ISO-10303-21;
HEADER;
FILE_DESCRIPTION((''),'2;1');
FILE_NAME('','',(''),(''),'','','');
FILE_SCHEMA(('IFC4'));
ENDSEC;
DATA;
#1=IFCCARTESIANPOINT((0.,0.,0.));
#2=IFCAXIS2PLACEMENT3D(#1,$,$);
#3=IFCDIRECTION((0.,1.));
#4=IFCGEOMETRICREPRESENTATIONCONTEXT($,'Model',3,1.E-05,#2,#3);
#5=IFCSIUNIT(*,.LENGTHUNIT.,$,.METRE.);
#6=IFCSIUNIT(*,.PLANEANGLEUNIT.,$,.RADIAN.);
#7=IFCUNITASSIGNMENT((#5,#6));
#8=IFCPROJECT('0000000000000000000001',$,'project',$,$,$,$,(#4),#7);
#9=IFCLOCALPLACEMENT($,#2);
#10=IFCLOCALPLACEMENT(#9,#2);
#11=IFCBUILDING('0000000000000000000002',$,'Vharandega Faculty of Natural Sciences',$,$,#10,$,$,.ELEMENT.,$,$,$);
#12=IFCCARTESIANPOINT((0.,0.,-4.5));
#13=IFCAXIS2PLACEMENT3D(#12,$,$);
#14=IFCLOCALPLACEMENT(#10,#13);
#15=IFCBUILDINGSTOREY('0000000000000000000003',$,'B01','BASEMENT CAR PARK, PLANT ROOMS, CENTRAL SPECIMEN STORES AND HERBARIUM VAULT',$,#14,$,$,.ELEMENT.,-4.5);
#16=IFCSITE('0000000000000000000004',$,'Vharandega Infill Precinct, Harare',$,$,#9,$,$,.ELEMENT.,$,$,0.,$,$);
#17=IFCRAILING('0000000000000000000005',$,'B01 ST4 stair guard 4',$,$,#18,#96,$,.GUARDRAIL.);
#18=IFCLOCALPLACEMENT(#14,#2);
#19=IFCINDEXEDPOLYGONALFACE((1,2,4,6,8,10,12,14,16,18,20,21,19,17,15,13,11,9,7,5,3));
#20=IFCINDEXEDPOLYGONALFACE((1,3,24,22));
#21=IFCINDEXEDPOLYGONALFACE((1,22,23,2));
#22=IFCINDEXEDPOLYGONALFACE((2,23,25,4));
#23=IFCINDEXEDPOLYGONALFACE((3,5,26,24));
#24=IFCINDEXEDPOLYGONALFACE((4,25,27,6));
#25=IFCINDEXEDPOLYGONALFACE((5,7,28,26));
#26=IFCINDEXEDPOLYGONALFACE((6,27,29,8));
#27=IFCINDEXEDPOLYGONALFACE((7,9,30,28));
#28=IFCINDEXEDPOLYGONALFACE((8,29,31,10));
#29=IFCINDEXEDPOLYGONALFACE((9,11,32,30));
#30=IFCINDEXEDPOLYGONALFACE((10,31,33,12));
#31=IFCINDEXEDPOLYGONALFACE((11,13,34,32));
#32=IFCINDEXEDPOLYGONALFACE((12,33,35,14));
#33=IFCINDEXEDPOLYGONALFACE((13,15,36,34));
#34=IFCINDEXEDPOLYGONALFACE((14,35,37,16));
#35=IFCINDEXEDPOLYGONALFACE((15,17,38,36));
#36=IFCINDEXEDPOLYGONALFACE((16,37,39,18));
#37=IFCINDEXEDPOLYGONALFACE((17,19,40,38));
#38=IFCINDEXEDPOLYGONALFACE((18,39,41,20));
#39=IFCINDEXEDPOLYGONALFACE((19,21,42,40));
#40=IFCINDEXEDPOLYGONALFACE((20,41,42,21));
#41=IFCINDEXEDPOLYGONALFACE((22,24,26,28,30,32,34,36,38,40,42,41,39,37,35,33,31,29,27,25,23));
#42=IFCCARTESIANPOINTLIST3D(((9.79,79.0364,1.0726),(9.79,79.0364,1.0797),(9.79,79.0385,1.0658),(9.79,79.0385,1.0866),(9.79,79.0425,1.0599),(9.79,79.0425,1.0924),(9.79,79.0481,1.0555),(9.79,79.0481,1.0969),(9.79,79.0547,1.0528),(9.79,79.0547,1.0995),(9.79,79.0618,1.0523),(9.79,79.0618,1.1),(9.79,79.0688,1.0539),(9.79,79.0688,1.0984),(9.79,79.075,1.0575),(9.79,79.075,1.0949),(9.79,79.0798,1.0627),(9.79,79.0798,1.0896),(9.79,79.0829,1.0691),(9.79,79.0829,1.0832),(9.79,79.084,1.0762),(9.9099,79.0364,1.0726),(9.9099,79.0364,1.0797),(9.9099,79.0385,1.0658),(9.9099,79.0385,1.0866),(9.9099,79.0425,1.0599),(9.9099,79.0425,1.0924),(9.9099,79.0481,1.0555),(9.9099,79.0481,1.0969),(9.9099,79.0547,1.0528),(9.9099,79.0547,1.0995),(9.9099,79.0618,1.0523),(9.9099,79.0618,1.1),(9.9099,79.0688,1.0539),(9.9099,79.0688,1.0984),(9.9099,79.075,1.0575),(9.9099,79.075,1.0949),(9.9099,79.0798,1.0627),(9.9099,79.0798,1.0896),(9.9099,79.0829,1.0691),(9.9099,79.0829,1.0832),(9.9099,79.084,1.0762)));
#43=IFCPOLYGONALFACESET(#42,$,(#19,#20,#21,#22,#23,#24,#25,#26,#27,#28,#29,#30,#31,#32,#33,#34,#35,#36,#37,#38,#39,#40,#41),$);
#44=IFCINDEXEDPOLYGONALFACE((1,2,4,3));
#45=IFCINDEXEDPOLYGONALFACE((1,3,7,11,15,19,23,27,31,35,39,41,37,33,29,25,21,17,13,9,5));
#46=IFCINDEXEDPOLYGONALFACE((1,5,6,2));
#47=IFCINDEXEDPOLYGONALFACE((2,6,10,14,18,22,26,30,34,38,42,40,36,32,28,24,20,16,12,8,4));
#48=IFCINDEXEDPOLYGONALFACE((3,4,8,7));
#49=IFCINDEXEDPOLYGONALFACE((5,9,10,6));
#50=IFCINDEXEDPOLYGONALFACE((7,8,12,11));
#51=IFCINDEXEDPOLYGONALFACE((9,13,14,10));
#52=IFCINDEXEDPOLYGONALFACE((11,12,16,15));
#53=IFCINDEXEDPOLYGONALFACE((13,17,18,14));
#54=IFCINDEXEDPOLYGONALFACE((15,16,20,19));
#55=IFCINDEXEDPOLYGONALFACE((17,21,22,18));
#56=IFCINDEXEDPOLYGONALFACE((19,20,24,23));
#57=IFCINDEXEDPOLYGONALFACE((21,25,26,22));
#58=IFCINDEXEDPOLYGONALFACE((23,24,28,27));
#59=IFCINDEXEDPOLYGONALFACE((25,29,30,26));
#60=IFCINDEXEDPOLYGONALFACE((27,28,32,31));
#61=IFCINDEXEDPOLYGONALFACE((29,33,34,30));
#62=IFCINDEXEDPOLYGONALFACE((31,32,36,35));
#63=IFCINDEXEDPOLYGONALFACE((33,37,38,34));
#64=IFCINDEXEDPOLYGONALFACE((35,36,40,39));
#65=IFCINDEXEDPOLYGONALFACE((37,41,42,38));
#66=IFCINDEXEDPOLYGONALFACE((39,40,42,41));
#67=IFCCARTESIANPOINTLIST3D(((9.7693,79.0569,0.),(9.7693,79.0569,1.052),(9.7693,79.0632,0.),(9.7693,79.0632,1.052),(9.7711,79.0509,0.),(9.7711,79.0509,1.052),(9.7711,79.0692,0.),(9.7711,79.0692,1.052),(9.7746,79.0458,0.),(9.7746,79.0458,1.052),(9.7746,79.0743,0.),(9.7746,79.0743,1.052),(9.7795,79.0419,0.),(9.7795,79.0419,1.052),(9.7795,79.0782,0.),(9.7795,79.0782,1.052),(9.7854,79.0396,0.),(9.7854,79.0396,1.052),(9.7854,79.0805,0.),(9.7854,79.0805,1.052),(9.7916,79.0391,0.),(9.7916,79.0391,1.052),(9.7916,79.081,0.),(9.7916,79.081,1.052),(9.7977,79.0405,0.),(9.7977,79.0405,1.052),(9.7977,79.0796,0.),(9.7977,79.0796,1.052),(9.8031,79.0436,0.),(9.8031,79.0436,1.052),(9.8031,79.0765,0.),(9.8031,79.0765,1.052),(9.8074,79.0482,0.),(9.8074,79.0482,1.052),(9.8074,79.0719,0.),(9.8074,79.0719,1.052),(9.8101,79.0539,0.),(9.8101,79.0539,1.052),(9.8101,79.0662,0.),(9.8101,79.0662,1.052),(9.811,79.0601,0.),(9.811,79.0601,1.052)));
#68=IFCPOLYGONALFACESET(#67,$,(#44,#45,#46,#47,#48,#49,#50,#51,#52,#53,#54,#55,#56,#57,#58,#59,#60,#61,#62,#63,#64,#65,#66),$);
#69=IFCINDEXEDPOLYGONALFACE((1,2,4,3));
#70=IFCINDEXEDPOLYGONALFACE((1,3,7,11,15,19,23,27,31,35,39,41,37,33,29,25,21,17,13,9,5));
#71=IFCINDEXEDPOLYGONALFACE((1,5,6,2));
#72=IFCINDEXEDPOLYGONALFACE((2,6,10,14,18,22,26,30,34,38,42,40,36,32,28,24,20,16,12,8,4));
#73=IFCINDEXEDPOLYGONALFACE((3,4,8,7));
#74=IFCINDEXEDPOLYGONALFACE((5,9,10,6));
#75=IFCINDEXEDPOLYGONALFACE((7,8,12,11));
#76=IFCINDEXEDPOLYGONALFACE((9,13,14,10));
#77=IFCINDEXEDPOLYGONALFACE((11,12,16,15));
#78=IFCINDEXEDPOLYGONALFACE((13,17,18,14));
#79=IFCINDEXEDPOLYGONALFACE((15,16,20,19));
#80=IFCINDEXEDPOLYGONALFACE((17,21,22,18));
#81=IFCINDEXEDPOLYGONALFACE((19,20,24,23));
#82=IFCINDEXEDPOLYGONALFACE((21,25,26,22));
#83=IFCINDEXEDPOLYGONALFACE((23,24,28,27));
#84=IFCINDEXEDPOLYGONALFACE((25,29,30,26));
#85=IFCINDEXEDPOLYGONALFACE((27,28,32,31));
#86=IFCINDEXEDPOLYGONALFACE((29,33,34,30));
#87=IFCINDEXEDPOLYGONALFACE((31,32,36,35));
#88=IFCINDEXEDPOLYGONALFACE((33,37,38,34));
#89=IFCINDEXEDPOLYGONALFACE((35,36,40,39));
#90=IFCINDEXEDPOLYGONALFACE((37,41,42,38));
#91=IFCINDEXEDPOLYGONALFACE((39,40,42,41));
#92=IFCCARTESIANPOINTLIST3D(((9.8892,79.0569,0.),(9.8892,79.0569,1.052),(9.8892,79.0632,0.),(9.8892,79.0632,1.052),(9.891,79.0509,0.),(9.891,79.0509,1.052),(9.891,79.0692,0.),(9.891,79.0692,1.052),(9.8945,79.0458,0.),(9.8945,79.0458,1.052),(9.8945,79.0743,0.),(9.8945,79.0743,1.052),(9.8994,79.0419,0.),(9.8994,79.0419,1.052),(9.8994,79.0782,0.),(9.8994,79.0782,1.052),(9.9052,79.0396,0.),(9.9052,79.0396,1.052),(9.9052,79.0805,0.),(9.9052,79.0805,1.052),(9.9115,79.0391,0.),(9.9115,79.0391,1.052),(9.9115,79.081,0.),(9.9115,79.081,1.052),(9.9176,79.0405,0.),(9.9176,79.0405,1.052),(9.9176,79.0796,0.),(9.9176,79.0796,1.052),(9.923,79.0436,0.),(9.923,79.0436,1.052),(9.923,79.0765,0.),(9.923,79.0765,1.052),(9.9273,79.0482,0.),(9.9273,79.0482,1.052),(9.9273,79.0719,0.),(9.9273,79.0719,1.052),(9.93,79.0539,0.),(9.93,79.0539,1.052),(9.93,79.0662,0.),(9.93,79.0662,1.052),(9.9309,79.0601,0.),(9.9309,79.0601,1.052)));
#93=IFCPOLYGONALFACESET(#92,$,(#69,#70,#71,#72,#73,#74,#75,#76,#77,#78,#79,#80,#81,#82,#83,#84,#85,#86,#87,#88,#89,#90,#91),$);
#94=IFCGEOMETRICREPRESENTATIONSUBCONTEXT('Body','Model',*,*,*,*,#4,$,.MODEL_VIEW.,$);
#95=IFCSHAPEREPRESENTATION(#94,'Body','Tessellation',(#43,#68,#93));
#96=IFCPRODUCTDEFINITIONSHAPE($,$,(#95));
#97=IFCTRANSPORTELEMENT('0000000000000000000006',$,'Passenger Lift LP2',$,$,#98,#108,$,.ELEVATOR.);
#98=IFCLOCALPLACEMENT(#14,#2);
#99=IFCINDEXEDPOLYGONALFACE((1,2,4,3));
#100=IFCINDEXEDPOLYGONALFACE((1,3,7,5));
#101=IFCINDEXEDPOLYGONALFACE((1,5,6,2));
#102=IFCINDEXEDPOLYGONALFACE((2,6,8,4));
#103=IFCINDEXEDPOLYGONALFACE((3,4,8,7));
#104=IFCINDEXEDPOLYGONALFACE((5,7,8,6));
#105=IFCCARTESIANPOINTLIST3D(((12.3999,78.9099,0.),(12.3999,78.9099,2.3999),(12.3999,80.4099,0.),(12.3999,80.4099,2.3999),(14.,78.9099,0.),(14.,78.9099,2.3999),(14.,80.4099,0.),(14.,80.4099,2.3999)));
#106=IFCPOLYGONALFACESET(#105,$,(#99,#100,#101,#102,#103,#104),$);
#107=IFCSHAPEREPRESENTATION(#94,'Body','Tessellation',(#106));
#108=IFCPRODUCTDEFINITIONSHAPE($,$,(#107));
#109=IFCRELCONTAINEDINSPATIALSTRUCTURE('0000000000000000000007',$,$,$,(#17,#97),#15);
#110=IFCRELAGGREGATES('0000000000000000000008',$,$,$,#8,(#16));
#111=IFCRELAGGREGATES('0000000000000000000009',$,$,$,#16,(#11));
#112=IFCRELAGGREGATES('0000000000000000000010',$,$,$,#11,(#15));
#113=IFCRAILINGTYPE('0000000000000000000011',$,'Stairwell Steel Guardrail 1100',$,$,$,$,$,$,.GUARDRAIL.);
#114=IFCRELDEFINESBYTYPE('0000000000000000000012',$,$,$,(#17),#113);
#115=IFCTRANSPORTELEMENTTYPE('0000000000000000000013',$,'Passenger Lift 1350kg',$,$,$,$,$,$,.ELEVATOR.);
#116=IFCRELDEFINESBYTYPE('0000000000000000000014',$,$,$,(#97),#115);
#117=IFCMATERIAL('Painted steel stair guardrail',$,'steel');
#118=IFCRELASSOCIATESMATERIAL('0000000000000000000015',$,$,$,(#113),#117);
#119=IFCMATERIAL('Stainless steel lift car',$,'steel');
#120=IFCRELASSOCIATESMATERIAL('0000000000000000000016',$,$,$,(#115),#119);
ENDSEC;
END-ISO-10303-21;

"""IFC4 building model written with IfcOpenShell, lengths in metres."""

from ifc_helpers import new_model, si_unit, direction, frame, origin, origin_2d, place, context, subcontext, project, spatial, rectangle, circle, extrude, material, type_object, element, save


model = new_model("IFC4")

# Units and contexts
model_context = context("Model", 3, precision=1e-05, world=origin(), true_north=direction((0.0, 1.0)))
body_context = subcontext(model_context, "Body", "Model", "MODEL_VIEW")
ifc_project = project(units=[si_unit("LENGTHUNIT", "METRE"), si_unit("PLANEANGLEUNIT", "RADIAN")], contexts=[model_context])

# Site, building, storey
site_placement = place(None, origin())
site = spatial("IfcSite", under=ifc_project, at=site_placement, Name="Vharandega Infill Precinct, Harare", CompositionType="ELEMENT", RefElevation=0.0)
building_placement = place(site_placement, origin())
building = spatial("IfcBuilding", under=site, at=building_placement, Name="Vharandega Faculty of Natural Sciences", CompositionType="ELEMENT")
storey_placement = place(building_placement, frame((0.0, 0.0, -4.5)))
storey = spatial("IfcBuildingStorey", under=building, at=storey_placement, Name="B01", Description="BASEMENT CAR PARK, PLANT ROOMS, CENTRAL SPECIMEN STORES AND HERBARIUM VAULT", CompositionType="ELEMENT", Elevation=-4.5)

# Railing
ifc_material_1 = material(Name="Painted steel stair guardrail", Category="steel")
railing_type_1 = type_object("IfcRailingType", Name="Stairwell Steel Guardrail 1100", PredefinedType="GUARDRAIL", material=ifc_material_1)
railing_1_placement = place(storey_placement, frame((9.79, 79.0601, 0.0)))
element("IfcRailing", 1, at=railing_1_placement, inside=storey, type_object=railing_type_1, Name="B01 ST4 stair guard 4", PredefinedType="GUARDRAIL", context=body_context, shape_type="SweptSolid", body=[
    extrude(circle(Radius=0.0239, at=origin_2d()), frame((0.0, 0.0, 1.0762), z_axis=(1.0, 0.0, 0.0), x_axis=(0.0, 1.0, 0.0)), (0.0, 0.0, 1.0), 0.1199),
    extrude(circle(Radius=0.021, at=origin_2d()), origin(), (0.0, 0.0, 1.0), 1.052),
    extrude(circle(Radius=0.021, at=origin_2d()), frame((0.1199, 0.0, 0.0)), (0.0, 0.0, 1.0), 1.052),
])

# Transport element
ifc_material_2 = material(Name="Stainless steel lift car", Category="steel")
transport_element_type = type_object("IfcTransportElementType", Name="Passenger Lift 1350kg", PredefinedType="ELEVATOR", material=ifc_material_2)
transport_element_placement = place(storey_placement, frame((13.2, 79.6599, 0.0), z_axis=(0.0, 0.0, 1.0), x_axis=(1.0, 0.0, 0.0)))
element("IfcTransportElement", 2, at=transport_element_placement, inside=storey, type_object=transport_element_type, Name="Passenger Lift LP2", PredefinedType="ELEVATOR", context=body_context, shape_type="SweptSolid", body=[
    extrude(rectangle(XDim=1.6001, YDim=1.5, at=origin_2d()), origin(), (0.0, 0.0, 1.0), 2.3999),
])

save(model, "model.ifc")
